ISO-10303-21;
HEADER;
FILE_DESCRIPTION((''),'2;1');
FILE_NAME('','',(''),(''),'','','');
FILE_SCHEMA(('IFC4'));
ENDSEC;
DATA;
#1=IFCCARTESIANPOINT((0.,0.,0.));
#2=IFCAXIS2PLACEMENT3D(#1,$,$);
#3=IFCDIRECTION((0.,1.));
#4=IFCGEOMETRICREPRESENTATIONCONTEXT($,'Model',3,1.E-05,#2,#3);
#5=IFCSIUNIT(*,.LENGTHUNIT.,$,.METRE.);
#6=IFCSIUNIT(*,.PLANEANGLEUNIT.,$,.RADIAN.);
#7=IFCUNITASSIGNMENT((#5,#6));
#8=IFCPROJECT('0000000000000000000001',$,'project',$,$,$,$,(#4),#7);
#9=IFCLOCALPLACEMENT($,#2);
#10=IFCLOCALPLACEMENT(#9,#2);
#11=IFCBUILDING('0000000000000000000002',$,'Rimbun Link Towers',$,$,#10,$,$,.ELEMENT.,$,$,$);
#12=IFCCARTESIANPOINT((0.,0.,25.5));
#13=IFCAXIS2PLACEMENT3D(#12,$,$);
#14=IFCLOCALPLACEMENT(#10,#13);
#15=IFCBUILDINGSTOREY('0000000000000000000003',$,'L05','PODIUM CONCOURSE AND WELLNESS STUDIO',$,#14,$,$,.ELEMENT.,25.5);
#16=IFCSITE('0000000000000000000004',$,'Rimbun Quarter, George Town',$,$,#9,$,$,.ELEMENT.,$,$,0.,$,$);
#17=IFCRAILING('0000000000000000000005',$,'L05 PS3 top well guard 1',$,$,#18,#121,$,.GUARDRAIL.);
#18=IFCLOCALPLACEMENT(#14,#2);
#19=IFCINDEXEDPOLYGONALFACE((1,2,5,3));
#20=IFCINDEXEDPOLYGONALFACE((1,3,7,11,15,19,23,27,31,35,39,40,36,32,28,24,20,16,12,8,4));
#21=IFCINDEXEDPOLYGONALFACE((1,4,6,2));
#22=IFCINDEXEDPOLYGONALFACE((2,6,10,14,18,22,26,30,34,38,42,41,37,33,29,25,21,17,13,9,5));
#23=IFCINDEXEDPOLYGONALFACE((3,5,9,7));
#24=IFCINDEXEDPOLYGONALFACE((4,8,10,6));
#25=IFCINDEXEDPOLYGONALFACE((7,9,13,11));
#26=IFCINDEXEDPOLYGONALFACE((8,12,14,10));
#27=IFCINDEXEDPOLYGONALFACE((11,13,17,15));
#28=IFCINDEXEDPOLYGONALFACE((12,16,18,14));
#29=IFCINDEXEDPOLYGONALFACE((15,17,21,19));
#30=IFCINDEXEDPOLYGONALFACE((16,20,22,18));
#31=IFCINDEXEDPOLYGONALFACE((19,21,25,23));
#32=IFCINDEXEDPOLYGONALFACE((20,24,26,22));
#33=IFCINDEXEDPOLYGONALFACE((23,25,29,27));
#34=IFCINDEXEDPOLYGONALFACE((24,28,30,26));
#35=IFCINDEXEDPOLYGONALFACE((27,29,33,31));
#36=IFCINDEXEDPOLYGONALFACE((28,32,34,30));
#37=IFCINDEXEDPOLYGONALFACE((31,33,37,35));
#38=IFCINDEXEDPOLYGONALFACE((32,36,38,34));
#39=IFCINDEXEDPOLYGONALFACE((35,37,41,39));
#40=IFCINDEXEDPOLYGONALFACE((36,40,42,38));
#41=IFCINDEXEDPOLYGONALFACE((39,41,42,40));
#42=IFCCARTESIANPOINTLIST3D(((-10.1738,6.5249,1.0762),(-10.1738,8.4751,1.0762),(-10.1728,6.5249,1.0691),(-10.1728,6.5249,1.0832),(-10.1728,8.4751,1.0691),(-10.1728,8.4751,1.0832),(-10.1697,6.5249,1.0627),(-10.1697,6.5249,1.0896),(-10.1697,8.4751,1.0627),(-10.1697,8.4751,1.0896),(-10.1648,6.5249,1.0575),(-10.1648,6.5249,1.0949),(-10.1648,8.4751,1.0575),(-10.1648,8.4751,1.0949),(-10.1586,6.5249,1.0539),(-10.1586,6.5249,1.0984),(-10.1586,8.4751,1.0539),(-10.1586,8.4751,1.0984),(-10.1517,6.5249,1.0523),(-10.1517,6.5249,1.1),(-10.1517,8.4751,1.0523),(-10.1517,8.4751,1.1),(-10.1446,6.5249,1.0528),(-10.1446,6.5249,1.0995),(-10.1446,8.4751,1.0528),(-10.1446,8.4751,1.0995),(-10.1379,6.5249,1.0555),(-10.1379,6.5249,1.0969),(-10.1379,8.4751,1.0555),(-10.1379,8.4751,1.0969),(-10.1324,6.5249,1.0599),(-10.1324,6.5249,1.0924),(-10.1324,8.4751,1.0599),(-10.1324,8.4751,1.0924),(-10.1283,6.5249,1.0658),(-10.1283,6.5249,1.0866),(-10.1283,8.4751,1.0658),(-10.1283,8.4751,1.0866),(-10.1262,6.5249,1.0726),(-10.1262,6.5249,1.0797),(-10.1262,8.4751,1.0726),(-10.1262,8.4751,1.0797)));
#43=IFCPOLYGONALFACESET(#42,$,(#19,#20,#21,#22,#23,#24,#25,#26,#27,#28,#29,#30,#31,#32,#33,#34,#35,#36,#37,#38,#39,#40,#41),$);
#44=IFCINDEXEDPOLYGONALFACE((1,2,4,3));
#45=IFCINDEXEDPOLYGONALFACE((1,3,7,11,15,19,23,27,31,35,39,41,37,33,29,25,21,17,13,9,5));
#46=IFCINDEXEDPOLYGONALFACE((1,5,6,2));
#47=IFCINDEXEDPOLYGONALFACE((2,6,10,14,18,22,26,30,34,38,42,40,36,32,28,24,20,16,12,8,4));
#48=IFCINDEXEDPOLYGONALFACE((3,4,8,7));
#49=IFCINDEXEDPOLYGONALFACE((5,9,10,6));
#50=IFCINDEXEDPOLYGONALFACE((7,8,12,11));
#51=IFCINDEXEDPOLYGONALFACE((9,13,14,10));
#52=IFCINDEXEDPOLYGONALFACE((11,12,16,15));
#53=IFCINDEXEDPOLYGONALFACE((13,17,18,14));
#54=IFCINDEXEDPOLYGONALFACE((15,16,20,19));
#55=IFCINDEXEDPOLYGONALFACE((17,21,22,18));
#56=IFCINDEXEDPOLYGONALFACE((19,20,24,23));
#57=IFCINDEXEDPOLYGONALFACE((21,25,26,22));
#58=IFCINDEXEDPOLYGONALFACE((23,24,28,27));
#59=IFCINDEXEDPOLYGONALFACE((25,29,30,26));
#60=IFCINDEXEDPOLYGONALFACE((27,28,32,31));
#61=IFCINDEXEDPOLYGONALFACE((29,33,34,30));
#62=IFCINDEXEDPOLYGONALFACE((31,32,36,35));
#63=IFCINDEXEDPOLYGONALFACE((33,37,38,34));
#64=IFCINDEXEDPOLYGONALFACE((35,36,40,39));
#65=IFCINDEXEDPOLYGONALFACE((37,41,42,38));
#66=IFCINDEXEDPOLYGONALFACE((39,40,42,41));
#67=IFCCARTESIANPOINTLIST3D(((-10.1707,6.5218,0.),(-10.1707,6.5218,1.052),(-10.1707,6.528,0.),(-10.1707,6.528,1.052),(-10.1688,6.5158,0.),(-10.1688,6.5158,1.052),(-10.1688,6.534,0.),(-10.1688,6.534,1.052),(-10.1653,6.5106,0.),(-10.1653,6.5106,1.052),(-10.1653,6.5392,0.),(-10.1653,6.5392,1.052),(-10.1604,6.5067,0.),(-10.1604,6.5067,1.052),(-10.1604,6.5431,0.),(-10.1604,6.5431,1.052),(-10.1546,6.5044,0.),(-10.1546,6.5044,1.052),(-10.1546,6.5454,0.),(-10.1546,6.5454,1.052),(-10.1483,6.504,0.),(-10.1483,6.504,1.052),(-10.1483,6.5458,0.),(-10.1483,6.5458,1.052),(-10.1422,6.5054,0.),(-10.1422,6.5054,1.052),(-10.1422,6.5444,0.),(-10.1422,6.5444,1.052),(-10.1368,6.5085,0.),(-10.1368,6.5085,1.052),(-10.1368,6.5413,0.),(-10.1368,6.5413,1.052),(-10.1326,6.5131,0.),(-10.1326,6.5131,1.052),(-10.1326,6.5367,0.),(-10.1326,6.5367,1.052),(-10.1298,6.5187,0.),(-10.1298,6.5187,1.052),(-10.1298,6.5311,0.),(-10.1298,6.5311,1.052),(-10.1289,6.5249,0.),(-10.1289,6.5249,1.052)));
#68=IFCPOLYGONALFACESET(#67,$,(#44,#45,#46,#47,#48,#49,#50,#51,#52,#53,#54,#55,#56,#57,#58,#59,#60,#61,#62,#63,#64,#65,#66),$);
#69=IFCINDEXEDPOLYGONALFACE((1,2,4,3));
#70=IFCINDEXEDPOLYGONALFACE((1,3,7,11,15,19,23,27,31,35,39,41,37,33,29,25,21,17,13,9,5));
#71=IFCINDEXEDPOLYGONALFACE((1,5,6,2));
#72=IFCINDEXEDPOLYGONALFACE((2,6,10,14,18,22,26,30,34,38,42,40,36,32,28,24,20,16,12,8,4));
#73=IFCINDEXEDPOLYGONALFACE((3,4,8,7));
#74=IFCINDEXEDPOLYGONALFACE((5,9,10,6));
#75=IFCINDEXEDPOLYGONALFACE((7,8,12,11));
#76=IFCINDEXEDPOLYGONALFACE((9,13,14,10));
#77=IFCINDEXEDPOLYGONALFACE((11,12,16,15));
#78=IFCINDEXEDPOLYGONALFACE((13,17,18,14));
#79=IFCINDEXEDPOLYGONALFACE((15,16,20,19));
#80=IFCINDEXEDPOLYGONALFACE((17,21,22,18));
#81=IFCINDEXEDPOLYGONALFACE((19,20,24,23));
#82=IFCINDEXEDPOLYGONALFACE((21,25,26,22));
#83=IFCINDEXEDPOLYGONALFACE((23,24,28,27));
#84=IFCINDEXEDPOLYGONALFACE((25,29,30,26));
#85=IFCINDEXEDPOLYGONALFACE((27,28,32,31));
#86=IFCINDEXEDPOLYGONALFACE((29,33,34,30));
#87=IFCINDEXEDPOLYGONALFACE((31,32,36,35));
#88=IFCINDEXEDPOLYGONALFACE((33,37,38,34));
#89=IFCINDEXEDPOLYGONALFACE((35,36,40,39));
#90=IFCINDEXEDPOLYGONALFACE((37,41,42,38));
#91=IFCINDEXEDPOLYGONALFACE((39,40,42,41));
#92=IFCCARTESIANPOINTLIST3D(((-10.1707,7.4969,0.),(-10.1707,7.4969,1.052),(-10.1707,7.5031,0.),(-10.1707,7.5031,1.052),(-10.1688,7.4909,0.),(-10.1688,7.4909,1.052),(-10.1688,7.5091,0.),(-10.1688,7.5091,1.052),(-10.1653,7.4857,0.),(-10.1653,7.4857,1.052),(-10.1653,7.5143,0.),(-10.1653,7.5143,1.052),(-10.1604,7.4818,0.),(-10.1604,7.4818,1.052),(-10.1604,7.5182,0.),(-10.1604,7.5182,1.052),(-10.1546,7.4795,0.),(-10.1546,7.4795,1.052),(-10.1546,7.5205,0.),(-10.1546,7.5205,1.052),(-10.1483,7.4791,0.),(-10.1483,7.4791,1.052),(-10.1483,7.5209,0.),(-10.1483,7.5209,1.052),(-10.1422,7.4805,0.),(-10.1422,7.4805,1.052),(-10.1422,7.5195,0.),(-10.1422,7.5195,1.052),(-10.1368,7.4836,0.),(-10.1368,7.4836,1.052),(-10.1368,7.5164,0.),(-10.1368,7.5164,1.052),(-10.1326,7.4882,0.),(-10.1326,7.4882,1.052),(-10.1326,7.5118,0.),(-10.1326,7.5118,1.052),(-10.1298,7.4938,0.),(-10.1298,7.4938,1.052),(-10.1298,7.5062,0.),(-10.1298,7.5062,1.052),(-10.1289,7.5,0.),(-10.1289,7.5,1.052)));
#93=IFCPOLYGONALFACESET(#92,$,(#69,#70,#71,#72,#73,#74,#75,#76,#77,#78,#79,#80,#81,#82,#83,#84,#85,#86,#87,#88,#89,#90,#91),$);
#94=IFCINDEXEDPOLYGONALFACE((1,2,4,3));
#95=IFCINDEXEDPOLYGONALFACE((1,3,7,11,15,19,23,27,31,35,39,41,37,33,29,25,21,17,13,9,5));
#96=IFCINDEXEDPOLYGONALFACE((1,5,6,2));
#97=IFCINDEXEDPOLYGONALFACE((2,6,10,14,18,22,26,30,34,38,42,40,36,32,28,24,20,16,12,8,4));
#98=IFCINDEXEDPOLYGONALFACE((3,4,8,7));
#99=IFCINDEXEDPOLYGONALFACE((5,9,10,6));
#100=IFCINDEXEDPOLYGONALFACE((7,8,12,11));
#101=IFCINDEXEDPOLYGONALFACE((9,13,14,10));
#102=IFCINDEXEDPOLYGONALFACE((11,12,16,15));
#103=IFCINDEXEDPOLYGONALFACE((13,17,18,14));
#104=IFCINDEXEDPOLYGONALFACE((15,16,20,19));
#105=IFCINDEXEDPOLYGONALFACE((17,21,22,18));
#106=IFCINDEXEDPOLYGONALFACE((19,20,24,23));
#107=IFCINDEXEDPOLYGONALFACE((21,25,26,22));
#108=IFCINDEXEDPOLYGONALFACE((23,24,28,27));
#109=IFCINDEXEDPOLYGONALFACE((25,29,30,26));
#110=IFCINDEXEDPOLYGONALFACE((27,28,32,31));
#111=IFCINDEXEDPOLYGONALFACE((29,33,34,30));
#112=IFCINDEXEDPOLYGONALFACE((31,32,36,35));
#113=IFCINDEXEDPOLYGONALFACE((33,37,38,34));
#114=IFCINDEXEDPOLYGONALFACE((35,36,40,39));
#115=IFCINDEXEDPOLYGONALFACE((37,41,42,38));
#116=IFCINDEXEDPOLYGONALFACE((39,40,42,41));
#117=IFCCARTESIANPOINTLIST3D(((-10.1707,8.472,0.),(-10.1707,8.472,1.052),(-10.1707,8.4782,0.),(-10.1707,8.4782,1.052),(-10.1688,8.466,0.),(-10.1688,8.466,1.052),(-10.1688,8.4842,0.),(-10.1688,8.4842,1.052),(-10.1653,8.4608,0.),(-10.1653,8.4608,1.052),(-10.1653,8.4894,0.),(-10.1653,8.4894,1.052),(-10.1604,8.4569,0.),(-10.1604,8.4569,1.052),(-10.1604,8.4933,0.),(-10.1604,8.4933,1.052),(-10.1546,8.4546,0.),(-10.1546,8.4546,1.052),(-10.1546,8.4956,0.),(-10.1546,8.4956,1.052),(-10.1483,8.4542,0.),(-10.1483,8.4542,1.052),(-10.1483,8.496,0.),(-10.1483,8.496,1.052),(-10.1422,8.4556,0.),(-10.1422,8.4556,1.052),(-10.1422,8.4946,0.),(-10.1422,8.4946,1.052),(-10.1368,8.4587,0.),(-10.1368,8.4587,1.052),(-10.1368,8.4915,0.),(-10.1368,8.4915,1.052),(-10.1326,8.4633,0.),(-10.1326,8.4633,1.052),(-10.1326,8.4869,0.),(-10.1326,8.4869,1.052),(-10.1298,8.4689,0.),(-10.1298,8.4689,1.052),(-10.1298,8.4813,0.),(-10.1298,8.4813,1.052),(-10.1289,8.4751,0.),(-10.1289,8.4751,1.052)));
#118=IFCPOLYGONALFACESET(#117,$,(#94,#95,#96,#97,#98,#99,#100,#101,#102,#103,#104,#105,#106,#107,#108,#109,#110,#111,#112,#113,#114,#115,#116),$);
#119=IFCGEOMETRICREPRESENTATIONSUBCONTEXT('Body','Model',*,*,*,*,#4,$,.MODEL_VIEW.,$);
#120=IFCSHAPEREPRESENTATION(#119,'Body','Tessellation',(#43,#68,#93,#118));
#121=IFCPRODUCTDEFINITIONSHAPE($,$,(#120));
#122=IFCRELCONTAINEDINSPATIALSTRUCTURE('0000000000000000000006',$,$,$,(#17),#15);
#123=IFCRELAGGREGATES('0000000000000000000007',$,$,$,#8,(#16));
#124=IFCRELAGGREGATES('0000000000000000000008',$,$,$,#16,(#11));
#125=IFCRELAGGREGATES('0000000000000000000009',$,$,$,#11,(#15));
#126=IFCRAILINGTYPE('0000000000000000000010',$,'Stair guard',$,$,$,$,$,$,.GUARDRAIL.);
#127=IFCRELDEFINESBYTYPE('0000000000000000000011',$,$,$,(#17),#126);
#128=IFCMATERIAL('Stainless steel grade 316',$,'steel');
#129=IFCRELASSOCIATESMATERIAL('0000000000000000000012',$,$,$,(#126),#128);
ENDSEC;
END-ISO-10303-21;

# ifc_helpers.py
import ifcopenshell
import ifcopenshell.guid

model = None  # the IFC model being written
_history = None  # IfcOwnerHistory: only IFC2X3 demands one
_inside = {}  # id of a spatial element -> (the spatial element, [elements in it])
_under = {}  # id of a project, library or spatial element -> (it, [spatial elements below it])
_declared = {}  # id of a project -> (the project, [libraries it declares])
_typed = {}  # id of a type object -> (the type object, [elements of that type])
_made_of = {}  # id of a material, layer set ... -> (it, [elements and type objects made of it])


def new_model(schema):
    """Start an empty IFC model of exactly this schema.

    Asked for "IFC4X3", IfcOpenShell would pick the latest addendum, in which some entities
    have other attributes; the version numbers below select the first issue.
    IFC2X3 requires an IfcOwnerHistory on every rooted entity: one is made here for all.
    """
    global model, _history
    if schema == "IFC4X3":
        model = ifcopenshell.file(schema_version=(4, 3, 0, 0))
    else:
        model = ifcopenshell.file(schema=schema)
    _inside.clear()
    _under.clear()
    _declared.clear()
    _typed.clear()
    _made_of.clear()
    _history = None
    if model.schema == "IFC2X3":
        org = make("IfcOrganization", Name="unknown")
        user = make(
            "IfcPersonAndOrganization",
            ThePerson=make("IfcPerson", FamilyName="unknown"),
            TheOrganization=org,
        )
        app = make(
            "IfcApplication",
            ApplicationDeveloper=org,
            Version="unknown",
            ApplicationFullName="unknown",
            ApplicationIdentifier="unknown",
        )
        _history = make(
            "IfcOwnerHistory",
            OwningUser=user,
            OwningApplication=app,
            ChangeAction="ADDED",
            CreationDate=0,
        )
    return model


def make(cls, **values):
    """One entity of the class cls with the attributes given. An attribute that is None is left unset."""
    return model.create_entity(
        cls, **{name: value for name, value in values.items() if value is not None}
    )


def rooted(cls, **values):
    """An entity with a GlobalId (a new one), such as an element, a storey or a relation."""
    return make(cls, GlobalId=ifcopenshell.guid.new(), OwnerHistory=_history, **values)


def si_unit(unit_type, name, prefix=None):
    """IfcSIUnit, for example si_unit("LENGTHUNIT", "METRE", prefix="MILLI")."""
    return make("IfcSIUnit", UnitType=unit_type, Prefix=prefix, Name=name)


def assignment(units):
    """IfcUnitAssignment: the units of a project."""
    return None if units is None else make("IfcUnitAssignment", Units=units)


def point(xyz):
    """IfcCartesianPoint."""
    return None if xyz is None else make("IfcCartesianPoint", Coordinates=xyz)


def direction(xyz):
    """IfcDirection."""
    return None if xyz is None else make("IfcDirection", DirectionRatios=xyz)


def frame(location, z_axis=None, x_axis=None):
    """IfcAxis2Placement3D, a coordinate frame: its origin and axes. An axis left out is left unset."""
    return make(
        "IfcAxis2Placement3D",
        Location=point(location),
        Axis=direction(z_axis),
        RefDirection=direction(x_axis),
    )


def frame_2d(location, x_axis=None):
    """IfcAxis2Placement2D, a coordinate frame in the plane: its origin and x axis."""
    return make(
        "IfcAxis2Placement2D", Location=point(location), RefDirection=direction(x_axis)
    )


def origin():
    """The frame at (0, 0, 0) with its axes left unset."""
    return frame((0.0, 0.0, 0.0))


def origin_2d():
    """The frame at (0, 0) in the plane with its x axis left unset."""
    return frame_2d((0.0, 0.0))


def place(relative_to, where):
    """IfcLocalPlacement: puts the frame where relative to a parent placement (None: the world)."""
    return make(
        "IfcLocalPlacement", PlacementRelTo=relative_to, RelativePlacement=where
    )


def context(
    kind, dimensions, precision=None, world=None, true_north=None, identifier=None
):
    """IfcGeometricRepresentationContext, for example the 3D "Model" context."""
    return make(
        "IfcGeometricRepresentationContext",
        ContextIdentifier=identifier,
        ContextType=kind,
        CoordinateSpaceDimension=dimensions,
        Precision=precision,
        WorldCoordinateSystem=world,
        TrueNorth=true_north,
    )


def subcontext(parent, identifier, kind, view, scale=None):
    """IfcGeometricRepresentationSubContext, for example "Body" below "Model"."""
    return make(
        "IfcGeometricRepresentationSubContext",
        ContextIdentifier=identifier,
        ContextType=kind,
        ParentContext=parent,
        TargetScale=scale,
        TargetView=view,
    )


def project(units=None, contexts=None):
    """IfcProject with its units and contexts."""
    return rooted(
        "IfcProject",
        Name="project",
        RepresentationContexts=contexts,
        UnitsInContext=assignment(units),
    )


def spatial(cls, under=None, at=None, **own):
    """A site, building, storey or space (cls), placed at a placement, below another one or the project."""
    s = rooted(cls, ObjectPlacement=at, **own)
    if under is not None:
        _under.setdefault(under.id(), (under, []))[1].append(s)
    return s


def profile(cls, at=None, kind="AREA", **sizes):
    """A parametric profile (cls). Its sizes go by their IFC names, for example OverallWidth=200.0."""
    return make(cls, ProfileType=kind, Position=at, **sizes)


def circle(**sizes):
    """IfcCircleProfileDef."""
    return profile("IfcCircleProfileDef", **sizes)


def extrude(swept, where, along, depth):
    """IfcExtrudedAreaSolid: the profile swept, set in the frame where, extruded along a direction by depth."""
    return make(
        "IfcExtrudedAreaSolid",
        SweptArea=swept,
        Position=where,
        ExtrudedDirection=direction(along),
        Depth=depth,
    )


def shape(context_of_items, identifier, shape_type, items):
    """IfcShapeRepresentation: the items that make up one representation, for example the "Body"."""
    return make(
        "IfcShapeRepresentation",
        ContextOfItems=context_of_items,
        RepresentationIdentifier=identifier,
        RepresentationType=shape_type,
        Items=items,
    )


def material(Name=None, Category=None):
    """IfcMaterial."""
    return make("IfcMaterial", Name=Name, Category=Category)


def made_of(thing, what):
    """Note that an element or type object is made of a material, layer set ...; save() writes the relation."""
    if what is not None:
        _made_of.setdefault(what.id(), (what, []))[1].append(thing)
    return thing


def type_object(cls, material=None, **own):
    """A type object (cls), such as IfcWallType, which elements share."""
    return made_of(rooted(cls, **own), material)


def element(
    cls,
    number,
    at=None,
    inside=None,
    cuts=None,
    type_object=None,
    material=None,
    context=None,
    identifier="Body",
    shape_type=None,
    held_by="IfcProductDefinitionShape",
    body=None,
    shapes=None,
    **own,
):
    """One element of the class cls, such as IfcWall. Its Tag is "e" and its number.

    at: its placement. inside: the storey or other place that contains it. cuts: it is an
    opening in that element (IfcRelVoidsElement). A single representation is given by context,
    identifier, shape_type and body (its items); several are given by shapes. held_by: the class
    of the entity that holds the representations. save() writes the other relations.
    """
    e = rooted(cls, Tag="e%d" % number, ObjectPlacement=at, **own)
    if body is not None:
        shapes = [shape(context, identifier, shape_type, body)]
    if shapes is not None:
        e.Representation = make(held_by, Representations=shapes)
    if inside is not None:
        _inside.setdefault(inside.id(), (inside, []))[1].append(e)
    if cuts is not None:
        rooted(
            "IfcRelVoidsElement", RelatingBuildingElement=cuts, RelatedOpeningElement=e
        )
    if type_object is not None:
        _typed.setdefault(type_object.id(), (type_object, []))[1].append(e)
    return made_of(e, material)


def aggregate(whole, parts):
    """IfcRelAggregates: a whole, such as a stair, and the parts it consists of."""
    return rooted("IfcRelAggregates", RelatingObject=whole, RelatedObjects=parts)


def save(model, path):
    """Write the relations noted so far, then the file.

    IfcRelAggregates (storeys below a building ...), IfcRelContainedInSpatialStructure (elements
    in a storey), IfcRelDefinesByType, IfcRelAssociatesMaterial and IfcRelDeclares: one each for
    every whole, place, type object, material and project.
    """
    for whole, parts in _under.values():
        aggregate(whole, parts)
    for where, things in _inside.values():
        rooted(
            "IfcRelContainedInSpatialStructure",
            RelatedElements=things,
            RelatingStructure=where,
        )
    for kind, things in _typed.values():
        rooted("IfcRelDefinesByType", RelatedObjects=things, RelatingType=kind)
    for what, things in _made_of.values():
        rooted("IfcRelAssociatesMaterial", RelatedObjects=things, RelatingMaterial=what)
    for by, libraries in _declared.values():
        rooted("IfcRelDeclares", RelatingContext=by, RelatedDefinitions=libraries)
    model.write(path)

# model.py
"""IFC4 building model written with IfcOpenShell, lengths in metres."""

from ifc_helpers import new_model, si_unit, direction, frame, origin, origin_2d, place, context, subcontext, project, spatial, circle, extrude, material, type_object, element, save


model = new_model("IFC4")

# Units and contexts
model_context = context("Model", 3, precision=1e-05, world=origin(), true_north=direction((0.0, 1.0)))
body_context = subcontext(model_context, "Body", "Model", "MODEL_VIEW")
ifc_project = project(units=[si_unit("LENGTHUNIT", "METRE"), si_unit("PLANEANGLEUNIT", "RADIAN")], contexts=[model_context])

# Site, building, storey
site_placement = place(None, origin())
site = spatial("IfcSite", under=ifc_project, at=site_placement, Name="Rimbun Quarter, George Town", CompositionType="ELEMENT", RefElevation=0.0)
building_placement = place(site_placement, origin())
building = spatial("IfcBuilding", under=site, at=building_placement, Name="Rimbun Link Towers", CompositionType="ELEMENT")
storey_placement = place(building_placement, frame((0.0, 0.0, 25.5)))
storey = spatial("IfcBuildingStorey", under=building, at=storey_placement, Name="L05", Description="PODIUM CONCOURSE AND WELLNESS STUDIO", CompositionType="ELEMENT", Elevation=25.5)

# Railing
ifc_material_1 = material(Name="Stainless steel grade 316", Category="steel")
railing_type_1 = type_object("IfcRailingType", Name="Stair guard", PredefinedType="GUARDRAIL", material=ifc_material_1)
railing_1_placement = place(storey_placement, frame((-10.1499, 6.5249, 0.0)))
element("IfcRailing", 1, at=railing_1_placement, inside=storey, type_object=railing_type_1, Name="L05 PS3 top well guard 1", PredefinedType="GUARDRAIL", context=body_context, shape_type="SweptSolid", body=[
    extrude(circle(Radius=0.0239, at=origin_2d()), frame((0.0, 0.0, 1.0762), z_axis=(0.0, 1.0, 0.0), x_axis=(-1.0, 0.0, 0.0)), (0.0, 0.0, 1.0), 1.9502),
    extrude(circle(Radius=0.021, at=origin_2d()), origin(), (0.0, 0.0, 1.0), 1.052),
    extrude(circle(Radius=0.021, at=origin_2d()), frame((0.0, 0.9751, 0.0)), (0.0, 0.0, 1.0), 1.052),
    extrude(circle(Radius=0.021, at=origin_2d()), frame((0.0, 1.9502, 0.0)), (0.0, 0.0, 1.0), 1.052),
])

save(model, "model.ifc")
